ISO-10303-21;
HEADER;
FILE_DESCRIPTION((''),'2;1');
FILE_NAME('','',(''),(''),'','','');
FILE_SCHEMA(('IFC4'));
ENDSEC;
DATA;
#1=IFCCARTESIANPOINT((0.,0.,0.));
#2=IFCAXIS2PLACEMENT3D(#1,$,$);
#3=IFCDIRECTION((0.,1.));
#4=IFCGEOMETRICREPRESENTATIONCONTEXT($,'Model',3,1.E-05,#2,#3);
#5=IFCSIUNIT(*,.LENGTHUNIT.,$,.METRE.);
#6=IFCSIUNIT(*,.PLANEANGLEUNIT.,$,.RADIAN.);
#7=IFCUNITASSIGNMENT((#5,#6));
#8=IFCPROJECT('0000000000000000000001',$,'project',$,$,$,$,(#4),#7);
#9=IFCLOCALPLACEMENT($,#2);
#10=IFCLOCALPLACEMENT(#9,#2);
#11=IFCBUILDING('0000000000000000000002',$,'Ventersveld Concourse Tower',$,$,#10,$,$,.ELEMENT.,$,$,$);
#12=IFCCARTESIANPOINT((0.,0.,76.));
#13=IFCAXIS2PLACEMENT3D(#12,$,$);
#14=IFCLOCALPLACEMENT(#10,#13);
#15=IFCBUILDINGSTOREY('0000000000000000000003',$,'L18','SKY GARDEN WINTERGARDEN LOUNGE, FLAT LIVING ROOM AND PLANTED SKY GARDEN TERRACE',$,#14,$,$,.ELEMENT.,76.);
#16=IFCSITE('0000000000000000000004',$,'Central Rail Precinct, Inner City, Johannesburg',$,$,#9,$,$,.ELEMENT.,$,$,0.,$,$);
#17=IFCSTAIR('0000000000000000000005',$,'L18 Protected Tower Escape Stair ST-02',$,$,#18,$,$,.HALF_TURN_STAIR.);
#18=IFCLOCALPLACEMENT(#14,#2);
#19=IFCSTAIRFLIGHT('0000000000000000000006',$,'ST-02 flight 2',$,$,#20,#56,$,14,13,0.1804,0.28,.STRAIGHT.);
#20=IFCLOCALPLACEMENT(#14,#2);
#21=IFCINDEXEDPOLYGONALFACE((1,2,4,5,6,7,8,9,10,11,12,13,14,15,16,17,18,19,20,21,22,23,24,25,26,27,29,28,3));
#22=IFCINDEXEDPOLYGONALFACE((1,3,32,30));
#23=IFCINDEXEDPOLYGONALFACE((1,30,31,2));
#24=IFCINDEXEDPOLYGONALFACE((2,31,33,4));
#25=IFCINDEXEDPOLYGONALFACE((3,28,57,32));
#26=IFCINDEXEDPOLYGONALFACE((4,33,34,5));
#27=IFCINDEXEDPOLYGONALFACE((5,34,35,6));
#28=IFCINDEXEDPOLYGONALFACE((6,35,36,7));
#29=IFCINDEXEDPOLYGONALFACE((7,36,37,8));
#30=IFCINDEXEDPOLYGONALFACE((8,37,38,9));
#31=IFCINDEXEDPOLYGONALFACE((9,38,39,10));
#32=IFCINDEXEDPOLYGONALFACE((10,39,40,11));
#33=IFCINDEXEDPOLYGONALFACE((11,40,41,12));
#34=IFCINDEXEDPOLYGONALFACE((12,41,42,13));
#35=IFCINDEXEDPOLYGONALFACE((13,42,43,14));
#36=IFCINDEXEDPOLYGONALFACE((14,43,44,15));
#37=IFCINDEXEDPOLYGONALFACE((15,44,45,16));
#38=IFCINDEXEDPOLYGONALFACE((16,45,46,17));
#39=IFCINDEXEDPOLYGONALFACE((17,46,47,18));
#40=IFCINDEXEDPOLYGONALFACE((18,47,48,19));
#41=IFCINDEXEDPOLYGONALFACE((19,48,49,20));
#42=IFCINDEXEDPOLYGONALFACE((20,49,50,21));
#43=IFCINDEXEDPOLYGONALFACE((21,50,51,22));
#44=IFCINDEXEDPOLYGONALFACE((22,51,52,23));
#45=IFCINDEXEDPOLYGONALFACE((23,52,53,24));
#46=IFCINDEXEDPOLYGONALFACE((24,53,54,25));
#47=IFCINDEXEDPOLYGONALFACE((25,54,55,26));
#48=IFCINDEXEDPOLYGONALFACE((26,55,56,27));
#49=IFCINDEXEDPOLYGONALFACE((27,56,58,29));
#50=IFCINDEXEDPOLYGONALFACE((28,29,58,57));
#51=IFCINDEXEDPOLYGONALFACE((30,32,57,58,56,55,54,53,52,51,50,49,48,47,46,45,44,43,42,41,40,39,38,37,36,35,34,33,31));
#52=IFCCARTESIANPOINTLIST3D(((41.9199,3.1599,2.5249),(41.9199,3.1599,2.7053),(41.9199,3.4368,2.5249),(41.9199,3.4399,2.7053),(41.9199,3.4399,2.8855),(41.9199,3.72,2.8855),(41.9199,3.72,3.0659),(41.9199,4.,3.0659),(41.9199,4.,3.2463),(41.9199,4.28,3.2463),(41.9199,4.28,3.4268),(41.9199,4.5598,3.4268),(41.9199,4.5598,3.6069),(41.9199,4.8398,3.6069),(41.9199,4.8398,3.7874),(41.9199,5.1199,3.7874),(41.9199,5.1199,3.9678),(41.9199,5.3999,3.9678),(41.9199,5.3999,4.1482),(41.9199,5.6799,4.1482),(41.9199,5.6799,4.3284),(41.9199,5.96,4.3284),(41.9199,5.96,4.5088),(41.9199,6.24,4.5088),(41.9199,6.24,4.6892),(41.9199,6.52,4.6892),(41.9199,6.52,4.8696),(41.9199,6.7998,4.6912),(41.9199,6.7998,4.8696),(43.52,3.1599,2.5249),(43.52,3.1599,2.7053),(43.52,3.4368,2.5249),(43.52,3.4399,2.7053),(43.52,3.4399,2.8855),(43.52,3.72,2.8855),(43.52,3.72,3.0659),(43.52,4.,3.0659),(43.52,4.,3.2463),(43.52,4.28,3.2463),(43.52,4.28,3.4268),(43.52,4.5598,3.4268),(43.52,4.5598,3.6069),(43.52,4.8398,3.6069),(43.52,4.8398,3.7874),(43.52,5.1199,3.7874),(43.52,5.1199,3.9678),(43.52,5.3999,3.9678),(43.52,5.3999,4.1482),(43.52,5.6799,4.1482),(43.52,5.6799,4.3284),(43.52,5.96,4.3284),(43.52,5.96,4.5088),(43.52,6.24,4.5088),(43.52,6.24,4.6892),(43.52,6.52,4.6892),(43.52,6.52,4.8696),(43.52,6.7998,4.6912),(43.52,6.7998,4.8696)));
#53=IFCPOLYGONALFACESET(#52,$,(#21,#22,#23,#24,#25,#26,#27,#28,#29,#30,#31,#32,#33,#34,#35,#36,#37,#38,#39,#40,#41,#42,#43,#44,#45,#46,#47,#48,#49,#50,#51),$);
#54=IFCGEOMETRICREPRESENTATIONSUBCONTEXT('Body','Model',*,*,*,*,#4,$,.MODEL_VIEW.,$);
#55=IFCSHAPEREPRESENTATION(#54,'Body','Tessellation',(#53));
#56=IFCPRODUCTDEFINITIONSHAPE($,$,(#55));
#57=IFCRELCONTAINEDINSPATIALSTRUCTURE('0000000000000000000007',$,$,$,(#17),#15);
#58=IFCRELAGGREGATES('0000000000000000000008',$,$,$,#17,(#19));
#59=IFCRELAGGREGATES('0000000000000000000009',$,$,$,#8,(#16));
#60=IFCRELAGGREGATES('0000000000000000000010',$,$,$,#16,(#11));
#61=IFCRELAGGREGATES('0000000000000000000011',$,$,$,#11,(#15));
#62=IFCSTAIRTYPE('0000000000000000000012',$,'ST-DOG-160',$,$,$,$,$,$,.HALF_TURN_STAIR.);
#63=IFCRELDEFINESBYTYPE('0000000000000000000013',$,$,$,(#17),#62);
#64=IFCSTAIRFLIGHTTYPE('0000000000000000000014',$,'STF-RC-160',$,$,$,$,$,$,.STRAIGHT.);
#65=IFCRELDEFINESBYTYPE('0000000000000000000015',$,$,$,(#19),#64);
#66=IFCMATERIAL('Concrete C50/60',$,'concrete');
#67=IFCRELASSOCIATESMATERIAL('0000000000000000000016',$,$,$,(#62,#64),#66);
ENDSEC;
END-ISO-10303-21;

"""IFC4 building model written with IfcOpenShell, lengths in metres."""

from ifc_helpers import new_model, si_unit, direction, frame, origin, place, context, subcontext, project, spatial, polyline, outline, extrude, material, type_object, element, aggregate, save


model = new_model("IFC4")

# Units and contexts
model_context = context("Model", 3, precision=1e-05, world=origin(), true_north=direction((0.0, 1.0)))
body_context = subcontext(model_context, "Body", "Model", "MODEL_VIEW")
ifc_project = project(units=[si_unit("LENGTHUNIT", "METRE"), si_unit("PLANEANGLEUNIT", "RADIAN")], contexts=[model_context])

# Site, building, storey
site_placement = place(None, origin())
site = spatial("IfcSite", under=ifc_project, at=site_placement, Name="Central Rail Precinct, Inner City, Johannesburg", CompositionType="ELEMENT", RefElevation=0.0)
building_placement = place(site_placement, origin())
building = spatial("IfcBuilding", under=site, at=building_placement, Name="Ventersveld Concourse Tower", CompositionType="ELEMENT")
storey_placement = place(building_placement, frame((0.0, 0.0, 76.0)))
storey = spatial("IfcBuildingStorey", under=building, at=storey_placement, Name="L18", Description="SKY GARDEN WINTERGARDEN LOUNGE, FLAT LIVING ROOM AND PLANTED SKY GARDEN TERRACE", CompositionType="ELEMENT", Elevation=76.0)

# Stair, stair flight
ifc_material_1 = material(Name="Concrete C50/60", Category="concrete")
stair_type = type_object("IfcStairType", Name="ST-DOG-160", PredefinedType="HALF_TURN_STAIR", material=ifc_material_1)
stair_placement = place(storey_placement, origin())
stair = element("IfcStair", 1, at=stair_placement, inside=storey, type_object=stair_type, Name="L18 Protected Tower Escape Stair ST-02", PredefinedType="HALF_TURN_STAIR")
stair_flight_type = type_object("IfcStairFlightType", Name="STF-RC-160", PredefinedType="STRAIGHT", material=ifc_material_1)
stair_flight_1_placement = place(storey_placement, frame((42.72, 3.1599, 2.5249), z_axis=(0.0, 0.0, 1.0), x_axis=(0.0, 1.0, 0.0)))
stair_flight_1 = element("IfcStairFlight", 2, at=stair_flight_1_placement, type_object=stair_flight_type, Name="ST-02 flight 2", NumberOfRisers=14, NumberOfTreads=13, PredefinedType="STRAIGHT", RiserHeight=0.1804, TreadLength=0.28, context=body_context, shape_type="SweptSolid", body=[
    extrude(outline(polyline([(0.0, 0.0), (0.0, 0.1804), (0.28, 0.1804), (0.28, 0.3606), (0.5601, 0.3606), (0.5601, 0.541), (0.8401, 0.541), (0.8401, 0.7214), (1.1201, 0.7214), (1.1201, 0.9019), (1.3999, 0.9019), (1.3999, 1.082), (1.6799, 1.082), (1.6799, 1.2625), (1.96, 1.2625), (1.96, 1.4429), (2.24, 1.4429), (2.24, 1.6233), (2.52, 1.6233), (2.52, 1.8035), (2.8, 1.8035), (2.8, 1.9839), (3.0801, 1.9839), (3.0801, 2.1643), (3.3601, 2.1643), (3.3601, 2.3447), (3.6399, 2.3447), (3.6399, 2.5249), (3.6399, 2.1663), (0.2769, 0.0), (0.0, 0.0)])), frame((0.0, 0.8, 0.0), z_axis=(0.0, -1.0, 0.0), x_axis=(1.0, 0.0, 0.0)), (0.0, 0.0, 1.0), 1.6001),
])
aggregate(stair, [stair_flight_1])

save(model, "model.ifc")
